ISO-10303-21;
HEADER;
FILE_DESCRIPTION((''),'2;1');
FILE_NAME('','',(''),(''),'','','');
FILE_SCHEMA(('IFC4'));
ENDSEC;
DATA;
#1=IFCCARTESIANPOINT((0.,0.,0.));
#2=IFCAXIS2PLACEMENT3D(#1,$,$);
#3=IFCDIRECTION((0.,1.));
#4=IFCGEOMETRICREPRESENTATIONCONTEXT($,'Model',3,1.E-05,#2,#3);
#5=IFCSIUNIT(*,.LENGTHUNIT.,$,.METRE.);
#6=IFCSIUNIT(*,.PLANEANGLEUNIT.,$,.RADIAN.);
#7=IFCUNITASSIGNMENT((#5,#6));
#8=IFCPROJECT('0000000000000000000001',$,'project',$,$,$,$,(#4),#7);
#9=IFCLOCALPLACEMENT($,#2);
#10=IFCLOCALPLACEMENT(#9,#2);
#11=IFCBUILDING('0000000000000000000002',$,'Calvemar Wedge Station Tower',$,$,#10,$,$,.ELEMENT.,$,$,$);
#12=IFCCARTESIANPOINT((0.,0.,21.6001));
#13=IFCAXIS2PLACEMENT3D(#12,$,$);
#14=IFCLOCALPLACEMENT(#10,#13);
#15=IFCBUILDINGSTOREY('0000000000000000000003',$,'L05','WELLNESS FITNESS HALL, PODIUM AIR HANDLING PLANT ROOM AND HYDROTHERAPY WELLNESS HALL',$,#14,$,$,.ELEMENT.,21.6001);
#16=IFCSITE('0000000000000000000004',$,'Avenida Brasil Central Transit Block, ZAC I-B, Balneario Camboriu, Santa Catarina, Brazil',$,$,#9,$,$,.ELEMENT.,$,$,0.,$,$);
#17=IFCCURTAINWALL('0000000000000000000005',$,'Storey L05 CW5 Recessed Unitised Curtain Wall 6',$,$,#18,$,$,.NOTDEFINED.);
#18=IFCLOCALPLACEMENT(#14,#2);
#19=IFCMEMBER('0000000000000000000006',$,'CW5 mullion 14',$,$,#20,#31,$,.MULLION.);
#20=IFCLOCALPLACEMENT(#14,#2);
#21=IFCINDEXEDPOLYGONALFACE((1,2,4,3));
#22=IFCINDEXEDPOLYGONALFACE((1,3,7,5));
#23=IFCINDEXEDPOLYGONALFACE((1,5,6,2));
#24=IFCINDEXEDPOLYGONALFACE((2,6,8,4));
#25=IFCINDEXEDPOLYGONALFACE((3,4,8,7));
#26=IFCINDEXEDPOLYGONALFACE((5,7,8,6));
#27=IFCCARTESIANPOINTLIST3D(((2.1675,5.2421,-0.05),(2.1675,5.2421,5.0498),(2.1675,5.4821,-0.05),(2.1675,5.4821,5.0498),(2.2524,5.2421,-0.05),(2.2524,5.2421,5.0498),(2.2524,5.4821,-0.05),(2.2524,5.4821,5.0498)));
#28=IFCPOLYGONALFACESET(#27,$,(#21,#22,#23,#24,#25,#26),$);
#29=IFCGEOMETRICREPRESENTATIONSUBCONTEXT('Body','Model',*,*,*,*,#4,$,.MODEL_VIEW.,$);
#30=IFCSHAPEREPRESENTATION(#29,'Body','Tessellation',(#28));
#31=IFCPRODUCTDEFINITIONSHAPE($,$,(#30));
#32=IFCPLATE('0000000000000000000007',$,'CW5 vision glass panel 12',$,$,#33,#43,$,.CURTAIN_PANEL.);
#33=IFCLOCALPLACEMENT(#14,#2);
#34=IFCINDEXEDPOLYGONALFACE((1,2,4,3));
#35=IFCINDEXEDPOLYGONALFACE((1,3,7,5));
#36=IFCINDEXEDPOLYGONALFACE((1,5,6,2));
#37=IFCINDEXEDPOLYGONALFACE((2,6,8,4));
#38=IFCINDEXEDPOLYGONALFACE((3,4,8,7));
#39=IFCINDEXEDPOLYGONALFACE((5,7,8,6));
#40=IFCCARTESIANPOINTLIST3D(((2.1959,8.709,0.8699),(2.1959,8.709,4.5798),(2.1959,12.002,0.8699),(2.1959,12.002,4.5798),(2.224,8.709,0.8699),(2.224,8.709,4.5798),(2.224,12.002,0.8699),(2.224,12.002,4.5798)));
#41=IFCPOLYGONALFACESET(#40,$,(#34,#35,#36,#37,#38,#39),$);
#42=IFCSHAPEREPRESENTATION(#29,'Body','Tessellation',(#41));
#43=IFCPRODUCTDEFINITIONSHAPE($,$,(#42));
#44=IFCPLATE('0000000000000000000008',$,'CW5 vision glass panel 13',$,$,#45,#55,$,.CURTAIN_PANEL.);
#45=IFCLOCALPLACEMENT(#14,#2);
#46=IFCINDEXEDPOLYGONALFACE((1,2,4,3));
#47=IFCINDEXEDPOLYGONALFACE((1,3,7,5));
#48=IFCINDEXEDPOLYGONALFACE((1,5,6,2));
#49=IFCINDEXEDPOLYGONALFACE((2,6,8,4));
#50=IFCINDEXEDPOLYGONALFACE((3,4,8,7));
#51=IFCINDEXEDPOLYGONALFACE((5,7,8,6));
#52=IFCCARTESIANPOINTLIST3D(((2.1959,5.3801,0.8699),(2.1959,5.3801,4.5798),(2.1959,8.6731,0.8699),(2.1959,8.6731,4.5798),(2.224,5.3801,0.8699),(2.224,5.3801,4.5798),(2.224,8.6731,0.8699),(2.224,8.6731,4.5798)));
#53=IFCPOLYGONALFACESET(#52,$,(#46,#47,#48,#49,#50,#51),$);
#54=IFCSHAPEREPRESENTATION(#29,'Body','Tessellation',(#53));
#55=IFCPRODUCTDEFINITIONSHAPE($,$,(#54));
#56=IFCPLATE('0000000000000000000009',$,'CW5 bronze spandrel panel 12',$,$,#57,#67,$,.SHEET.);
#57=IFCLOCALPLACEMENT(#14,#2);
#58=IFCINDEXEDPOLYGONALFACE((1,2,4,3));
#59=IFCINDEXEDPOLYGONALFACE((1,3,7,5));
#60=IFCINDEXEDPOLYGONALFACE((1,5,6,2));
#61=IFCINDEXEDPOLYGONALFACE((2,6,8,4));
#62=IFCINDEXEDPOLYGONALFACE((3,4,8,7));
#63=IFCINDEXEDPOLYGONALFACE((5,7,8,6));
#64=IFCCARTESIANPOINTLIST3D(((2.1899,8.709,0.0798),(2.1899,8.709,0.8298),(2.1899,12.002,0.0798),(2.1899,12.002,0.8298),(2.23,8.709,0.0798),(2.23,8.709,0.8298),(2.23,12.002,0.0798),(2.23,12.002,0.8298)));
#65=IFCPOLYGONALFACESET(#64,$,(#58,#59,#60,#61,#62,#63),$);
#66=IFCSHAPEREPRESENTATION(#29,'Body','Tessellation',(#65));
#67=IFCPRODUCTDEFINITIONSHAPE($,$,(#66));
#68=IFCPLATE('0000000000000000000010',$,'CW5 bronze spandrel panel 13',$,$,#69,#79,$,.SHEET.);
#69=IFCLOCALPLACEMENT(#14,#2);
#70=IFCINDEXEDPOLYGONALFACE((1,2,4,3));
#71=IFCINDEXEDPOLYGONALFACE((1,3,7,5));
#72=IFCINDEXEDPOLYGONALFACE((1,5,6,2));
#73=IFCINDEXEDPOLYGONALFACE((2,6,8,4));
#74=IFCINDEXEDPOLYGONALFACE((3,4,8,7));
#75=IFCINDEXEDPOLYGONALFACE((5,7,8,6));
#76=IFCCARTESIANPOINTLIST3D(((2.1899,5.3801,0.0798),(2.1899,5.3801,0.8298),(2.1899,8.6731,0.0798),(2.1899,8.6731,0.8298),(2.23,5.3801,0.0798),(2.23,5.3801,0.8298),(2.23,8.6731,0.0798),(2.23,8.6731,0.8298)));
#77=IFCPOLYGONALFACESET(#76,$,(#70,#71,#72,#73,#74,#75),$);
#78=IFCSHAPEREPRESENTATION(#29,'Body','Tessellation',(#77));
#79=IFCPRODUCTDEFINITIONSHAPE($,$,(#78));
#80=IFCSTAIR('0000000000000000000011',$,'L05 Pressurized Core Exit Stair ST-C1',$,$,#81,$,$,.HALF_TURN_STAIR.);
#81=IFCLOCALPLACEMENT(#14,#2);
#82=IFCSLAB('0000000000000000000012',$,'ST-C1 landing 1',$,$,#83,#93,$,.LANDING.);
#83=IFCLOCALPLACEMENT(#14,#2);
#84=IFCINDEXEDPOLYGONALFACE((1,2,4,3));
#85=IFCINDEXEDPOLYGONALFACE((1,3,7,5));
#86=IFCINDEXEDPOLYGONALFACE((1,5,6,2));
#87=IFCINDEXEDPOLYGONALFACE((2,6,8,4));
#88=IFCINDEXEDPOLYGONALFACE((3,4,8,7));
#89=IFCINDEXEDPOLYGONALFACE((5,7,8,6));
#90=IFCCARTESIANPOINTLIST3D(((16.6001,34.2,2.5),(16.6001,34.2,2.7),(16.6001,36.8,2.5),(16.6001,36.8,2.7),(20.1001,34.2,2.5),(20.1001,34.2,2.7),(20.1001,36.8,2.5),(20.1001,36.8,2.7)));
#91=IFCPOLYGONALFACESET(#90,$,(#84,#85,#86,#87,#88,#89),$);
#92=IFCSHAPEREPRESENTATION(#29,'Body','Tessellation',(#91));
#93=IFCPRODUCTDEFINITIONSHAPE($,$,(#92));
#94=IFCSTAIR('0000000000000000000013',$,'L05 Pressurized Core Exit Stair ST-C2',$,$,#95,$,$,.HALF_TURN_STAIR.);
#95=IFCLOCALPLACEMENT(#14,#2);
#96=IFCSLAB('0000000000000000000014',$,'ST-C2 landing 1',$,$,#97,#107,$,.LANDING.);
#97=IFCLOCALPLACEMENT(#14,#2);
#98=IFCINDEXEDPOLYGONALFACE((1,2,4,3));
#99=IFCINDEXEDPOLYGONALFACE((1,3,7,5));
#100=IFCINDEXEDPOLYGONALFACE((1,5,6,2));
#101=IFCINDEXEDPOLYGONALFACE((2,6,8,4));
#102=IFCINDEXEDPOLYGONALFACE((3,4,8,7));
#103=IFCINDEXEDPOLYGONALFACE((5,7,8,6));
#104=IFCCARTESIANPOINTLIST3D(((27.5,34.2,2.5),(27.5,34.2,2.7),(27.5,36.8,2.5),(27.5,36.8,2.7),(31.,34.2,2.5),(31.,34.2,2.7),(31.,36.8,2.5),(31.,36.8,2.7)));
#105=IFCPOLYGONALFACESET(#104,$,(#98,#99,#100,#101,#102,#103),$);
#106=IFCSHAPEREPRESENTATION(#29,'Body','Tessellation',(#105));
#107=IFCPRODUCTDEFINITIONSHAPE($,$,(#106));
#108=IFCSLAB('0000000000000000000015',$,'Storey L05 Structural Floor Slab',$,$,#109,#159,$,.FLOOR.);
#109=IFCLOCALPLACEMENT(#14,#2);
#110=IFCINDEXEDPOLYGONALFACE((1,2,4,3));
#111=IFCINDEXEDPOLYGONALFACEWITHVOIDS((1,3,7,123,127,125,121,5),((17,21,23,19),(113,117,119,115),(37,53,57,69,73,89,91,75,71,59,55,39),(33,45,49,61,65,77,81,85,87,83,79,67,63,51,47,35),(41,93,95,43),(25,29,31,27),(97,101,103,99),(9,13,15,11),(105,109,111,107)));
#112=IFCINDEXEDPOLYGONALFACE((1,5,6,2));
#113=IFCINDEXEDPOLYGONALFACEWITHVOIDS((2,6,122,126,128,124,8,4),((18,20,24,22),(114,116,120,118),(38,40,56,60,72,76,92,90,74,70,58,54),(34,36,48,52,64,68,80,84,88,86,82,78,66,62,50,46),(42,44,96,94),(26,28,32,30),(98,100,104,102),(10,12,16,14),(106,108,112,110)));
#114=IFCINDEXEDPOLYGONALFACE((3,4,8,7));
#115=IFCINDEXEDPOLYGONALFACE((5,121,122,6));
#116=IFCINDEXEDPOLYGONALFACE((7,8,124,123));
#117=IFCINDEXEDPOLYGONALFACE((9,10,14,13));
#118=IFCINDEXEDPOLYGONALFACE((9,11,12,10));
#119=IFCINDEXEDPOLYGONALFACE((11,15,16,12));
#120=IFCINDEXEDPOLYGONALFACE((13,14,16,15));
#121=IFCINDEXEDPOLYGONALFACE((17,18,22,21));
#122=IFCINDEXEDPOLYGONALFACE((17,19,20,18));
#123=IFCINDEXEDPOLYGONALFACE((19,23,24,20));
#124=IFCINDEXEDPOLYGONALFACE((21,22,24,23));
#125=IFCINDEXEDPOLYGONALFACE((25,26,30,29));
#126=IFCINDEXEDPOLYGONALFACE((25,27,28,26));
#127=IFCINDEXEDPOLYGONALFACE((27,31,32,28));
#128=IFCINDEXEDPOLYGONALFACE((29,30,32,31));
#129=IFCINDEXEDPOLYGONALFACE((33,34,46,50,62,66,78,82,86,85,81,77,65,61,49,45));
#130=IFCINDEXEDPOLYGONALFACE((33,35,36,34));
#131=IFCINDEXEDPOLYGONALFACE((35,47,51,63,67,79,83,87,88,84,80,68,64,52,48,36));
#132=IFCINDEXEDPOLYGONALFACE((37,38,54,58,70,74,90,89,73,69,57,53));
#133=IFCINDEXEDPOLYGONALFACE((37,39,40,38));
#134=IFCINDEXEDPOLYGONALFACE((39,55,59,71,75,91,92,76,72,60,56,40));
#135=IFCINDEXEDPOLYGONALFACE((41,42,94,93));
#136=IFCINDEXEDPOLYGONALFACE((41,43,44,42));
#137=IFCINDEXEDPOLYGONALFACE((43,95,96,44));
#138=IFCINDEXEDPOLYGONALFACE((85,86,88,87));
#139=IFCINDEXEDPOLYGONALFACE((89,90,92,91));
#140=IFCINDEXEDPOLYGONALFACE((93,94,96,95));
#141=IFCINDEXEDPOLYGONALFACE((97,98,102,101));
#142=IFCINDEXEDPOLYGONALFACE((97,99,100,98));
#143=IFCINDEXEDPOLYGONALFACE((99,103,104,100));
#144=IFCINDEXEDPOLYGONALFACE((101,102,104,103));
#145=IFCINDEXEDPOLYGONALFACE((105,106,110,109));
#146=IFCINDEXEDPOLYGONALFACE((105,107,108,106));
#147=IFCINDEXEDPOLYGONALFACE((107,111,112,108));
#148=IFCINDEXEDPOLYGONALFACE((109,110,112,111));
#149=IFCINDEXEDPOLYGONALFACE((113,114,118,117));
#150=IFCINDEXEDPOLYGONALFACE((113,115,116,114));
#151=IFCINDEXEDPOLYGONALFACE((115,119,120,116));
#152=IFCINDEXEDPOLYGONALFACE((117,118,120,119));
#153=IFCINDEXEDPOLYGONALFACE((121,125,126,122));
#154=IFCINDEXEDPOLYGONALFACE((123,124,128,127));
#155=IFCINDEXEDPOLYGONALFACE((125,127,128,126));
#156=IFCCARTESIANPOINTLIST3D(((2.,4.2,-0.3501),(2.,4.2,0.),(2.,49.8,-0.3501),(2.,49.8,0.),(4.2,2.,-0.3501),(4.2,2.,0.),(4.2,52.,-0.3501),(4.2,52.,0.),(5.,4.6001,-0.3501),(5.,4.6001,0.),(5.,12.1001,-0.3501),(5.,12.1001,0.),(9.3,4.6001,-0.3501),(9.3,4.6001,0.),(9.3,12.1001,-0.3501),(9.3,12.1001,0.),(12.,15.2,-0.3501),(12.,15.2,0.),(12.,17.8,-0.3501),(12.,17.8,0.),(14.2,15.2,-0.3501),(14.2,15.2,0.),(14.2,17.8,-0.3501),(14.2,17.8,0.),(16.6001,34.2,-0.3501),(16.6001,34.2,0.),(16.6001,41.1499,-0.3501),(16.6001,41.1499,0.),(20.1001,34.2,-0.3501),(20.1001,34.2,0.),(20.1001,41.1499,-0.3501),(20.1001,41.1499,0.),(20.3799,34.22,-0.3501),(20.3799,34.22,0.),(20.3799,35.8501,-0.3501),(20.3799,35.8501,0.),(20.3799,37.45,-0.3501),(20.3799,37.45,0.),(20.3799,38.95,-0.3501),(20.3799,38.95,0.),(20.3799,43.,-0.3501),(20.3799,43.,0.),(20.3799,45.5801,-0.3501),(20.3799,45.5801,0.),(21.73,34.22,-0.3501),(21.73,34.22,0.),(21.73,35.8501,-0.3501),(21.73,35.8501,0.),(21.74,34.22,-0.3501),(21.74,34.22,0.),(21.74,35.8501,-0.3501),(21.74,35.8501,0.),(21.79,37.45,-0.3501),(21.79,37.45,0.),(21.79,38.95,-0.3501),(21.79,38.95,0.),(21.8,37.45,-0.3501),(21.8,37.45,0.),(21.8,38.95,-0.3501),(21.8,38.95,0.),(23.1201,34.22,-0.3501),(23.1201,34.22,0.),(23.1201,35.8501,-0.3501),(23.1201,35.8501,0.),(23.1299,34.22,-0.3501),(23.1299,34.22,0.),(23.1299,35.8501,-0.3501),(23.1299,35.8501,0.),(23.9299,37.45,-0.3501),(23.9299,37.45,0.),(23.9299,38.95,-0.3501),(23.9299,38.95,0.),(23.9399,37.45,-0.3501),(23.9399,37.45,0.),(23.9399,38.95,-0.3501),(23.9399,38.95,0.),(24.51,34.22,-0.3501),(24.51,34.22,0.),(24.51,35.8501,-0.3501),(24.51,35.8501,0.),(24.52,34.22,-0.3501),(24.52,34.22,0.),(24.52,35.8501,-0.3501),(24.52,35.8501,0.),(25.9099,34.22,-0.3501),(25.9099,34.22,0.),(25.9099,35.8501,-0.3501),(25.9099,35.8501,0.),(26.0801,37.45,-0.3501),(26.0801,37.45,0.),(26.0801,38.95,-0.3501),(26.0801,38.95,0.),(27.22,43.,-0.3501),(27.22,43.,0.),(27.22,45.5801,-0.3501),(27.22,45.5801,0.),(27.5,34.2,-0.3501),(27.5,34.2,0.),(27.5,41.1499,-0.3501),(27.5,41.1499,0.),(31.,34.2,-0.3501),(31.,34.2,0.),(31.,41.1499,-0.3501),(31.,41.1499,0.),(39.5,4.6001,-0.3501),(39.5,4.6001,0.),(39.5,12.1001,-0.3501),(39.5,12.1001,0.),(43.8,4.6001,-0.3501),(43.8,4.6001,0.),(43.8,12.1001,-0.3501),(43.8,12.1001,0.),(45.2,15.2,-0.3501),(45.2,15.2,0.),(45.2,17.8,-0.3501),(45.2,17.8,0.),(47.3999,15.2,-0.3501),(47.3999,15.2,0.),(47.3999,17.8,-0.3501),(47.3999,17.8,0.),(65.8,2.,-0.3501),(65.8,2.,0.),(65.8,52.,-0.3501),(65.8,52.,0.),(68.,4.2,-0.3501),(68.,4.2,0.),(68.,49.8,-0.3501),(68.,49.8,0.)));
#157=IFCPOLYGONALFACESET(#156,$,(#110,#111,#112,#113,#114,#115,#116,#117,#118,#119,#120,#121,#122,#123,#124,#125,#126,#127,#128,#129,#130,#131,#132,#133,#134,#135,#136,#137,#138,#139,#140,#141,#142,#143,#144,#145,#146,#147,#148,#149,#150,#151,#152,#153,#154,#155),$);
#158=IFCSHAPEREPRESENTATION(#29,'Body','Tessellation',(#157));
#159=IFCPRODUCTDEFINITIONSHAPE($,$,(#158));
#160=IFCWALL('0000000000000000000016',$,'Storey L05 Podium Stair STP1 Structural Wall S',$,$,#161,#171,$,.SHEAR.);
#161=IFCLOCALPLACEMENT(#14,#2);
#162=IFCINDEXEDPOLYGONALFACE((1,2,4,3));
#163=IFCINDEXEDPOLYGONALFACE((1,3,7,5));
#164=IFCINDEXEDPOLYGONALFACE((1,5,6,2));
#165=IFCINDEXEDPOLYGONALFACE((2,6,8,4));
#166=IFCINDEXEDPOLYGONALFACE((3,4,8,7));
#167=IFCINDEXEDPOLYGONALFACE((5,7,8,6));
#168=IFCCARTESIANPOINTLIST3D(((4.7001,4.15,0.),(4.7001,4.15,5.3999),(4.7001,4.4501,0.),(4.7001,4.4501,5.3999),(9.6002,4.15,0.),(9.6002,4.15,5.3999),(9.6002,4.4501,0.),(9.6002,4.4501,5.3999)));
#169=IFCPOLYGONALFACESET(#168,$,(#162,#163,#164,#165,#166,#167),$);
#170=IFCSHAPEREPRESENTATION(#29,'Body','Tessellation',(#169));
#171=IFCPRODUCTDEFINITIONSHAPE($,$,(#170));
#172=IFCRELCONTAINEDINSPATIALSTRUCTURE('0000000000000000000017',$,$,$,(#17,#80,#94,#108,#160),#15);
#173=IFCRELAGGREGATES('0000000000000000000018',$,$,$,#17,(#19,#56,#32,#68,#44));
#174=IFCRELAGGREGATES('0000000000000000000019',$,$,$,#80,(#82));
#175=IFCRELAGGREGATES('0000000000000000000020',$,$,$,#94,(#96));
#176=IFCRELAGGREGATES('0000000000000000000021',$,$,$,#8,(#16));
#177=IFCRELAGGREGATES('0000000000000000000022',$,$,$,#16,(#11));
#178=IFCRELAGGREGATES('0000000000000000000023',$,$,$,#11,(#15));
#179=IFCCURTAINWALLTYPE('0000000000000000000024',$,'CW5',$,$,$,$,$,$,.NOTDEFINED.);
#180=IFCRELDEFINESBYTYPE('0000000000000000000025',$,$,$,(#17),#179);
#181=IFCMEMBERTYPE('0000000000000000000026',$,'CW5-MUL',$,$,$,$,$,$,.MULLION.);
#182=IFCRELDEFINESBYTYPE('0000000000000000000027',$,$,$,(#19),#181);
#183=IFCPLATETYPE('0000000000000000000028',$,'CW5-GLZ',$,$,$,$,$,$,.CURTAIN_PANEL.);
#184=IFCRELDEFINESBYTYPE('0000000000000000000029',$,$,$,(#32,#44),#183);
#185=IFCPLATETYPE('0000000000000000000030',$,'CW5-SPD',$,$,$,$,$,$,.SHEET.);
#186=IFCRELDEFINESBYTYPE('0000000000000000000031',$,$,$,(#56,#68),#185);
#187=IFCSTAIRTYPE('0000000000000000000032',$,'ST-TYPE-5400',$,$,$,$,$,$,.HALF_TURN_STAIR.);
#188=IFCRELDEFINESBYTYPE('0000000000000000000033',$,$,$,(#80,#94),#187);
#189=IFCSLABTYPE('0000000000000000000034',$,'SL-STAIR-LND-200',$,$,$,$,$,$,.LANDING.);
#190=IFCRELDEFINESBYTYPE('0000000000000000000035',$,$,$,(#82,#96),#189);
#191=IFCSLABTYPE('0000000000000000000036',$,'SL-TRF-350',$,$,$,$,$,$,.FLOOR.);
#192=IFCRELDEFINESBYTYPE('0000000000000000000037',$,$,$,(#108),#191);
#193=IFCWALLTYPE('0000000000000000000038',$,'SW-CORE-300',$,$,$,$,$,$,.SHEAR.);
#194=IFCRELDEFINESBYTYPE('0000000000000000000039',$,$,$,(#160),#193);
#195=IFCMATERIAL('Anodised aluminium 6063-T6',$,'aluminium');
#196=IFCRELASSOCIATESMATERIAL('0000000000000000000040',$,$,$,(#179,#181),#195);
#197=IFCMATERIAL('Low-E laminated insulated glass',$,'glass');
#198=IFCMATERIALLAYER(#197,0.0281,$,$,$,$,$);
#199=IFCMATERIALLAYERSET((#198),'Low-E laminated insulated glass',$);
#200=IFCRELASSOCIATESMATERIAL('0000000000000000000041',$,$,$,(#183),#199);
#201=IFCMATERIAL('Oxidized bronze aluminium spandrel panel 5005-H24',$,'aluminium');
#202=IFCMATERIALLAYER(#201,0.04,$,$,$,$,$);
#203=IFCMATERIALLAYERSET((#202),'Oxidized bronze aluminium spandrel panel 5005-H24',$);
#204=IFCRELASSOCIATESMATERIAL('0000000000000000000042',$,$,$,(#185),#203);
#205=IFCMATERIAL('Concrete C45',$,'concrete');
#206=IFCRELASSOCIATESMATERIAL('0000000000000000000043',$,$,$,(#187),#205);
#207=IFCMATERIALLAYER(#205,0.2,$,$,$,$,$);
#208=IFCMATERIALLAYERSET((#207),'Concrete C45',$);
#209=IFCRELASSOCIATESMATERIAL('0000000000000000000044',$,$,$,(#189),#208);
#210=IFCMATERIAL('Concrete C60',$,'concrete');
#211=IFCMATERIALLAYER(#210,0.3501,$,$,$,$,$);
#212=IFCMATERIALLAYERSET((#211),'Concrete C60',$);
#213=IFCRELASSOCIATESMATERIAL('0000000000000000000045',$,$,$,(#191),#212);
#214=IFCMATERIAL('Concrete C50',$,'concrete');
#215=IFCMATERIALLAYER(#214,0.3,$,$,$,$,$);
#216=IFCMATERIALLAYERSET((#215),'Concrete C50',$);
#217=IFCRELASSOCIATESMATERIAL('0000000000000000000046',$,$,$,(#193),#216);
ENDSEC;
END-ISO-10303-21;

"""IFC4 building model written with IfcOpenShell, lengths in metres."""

from ifc_helpers import new_model, si_unit, direction, frame, frame_2d, origin, origin_2d, place, context, subcontext, project, spatial, polyline, rectangle, outline, extrude, source, transform, mapped, material, layer, layer_set, material_profile, profile_set, type_object, element, aggregate, save


model = new_model("IFC4")

# Units and contexts
model_context = context("Model", 3, precision=1e-05, world=origin(), true_north=direction((0.0, 1.0)))
body_context = subcontext(model_context, "Body", "Model", "MODEL_VIEW")
ifc_project = project(units=[si_unit("LENGTHUNIT", "METRE"), si_unit("PLANEANGLEUNIT", "RADIAN")], contexts=[model_context])

# Site, building, storey
site_placement = place(None, origin())
site = spatial("IfcSite", under=ifc_project, at=site_placement, Name="Avenida Brasil Central Transit Block, ZAC I-B, Balneario Camboriu, Santa Catarina, Brazil", CompositionType="ELEMENT", RefElevation=0.0)
building_placement = place(site_placement, origin())
building = spatial("IfcBuilding", under=site, at=building_placement, Name="Calvemar Wedge Station Tower", CompositionType="ELEMENT")
storey_placement = place(building_placement, frame((0.0, 0.0, 21.6001)))
storey = spatial("IfcBuildingStorey", under=building, at=storey_placement, Name="L05", Description="WELLNESS FITNESS HALL, PODIUM AIR HANDLING PLANT ROOM AND HYDROTHERAPY WELLNESS HALL", CompositionType="ELEMENT", Elevation=21.6001)

# Shared definitions
ifc_material_1 = material(Name="Concrete C60", Category="concrete")

# Curtain wall, member, plates
ifc_material_2 = material(Name="Anodised aluminium 6063-T6", Category="aluminium")
curtain_wall_type = type_object("IfcCurtainWallType", Name="CW5", PredefinedType="NOTDEFINED", material=ifc_material_2)
curtain_wall_placement = place(storey_placement, origin())
curtain_wall = element("IfcCurtainWall", 1, at=curtain_wall_placement, inside=storey, type_object=curtain_wall_type, Name="Storey L05 CW5 Recessed Unitised Curtain Wall 6", PredefinedType="NOTDEFINED")
ifc_material_profile_1 = material_profile(ifc_material_2, rectangle(XDim=0.085, YDim=0.24, at=origin_2d()), Name="AL-MUL-85x240")
ifc_profile_set_1 = profile_set([ifc_material_profile_1], Name="Anodised aluminium 6063-T6")
member_type = type_object("IfcMemberType", Name="CW5-MUL", PredefinedType="MULLION", material=ifc_profile_set_1)
shared_shape_1 = source(origin(), body_context, "Body", "SweptSolid", [
    extrude(rectangle(XDim=0.085, YDim=0.24, at=origin_2d()), origin(), (0.0, 0.0, 1.0), 5.0999),
])
member_1_placement = place(storey_placement, frame((2.21, 5.3621, -0.05), z_axis=(0.0, 0.0, 1.0), x_axis=(1.0, 0.0, 0.0)))
member_1 = element("IfcMember", 2, at=member_1_placement, type_object=member_type, Name="CW5 mullion 14", PredefinedType="MULLION", context=body_context, shape_type="MappedRepresentation", body=[
    mapped(shared_shape_1, transform((0.0, 0.0, 0.0), scale=1.0)),
])
ifc_material_3 = material(Name="Low-E laminated insulated glass", Category="glass")
ifc_layer_1 = layer(ifc_material_3, 0.0281)
ifc_layer_set_1 = layer_set([ifc_layer_1], Name="Low-E laminated insulated glass")
plate_type_1 = type_object("IfcPlateType", Name="CW5-GLZ", PredefinedType="CURTAIN_PANEL", material=ifc_layer_set_1)
plate_1_placement = place(storey_placement, frame((2.21, 12.002, 0.8699), z_axis=(0.0, 0.0, 1.0), x_axis=(0.0, -1.0, 0.0)))
plate_1 = element("IfcPlate", 3, at=plate_1_placement, type_object=plate_type_1, Name="CW5 vision glass panel 12", PredefinedType="CURTAIN_PANEL", context=body_context, shape_type="SweptSolid", body=[
    extrude(rectangle(XDim=3.293, YDim=0.0281, at=frame_2d((1.6465, 0.0))), origin(), (0.0, 0.0, 1.0), 3.71),
])
plate_2_placement = place(storey_placement, frame((2.21, 8.6731, 0.8699), z_axis=(0.0, 0.0, 1.0), x_axis=(0.0, -1.0, 0.0)))
plate_2 = element("IfcPlate", 4, at=plate_2_placement, type_object=plate_type_1, Name="CW5 vision glass panel 13", PredefinedType="CURTAIN_PANEL", context=body_context, shape_type="SweptSolid", body=[
    extrude(rectangle(XDim=3.293, YDim=0.0281, at=frame_2d((1.6465, 0.0))), origin(), (0.0, 0.0, 1.0), 3.71),
])
ifc_material_4 = material(Name="Oxidized bronze aluminium spandrel panel 5005-H24", Category="aluminium")
ifc_layer_2 = layer(ifc_material_4, 0.04)
ifc_layer_set_2 = layer_set([ifc_layer_2], Name="Oxidized bronze aluminium spandrel panel 5005-H24")
plate_type_2 = type_object("IfcPlateType", Name="CW5-SPD", PredefinedType="SHEET", material=ifc_layer_set_2)
plate_3_placement = place(storey_placement, frame((2.21, 12.002, 0.0798), z_axis=(0.0, 0.0, 1.0), x_axis=(0.0, -1.0, 0.0)))
plate_3 = element("IfcPlate", 5, at=plate_3_placement, type_object=plate_type_2, Name="CW5 bronze spandrel panel 12", PredefinedType="SHEET", context=body_context, shape_type="SweptSolid", body=[
    extrude(rectangle(XDim=3.293, YDim=0.04, at=frame_2d((1.6465, 0.0))), origin(), (0.0, 0.0, 1.0), 0.75),
])
plate_4_placement = place(storey_placement, frame((2.21, 8.6731, 0.0798), z_axis=(0.0, 0.0, 1.0), x_axis=(0.0, -1.0, 0.0)))
plate_4 = element("IfcPlate", 6, at=plate_4_placement, type_object=plate_type_2, Name="CW5 bronze spandrel panel 13", PredefinedType="SHEET", context=body_context, shape_type="SweptSolid", body=[
    extrude(rectangle(XDim=3.293, YDim=0.04, at=frame_2d((1.6465, 0.0))), origin(), (0.0, 0.0, 1.0), 0.75),
])
aggregate(curtain_wall, [member_1, plate_3, plate_1, plate_4, plate_2])

# Stairs, slabs
ifc_material_5 = material(Name="Concrete C45", Category="concrete")
stair_type = type_object("IfcStairType", Name="ST-TYPE-5400", PredefinedType="HALF_TURN_STAIR", material=ifc_material_5)
stair_1_placement = place(storey_placement, origin())
stair_1 = element("IfcStair", 7, at=stair_1_placement, inside=storey, type_object=stair_type, Name="L05 Pressurized Core Exit Stair ST-C1", PredefinedType="HALF_TURN_STAIR")
ifc_layer_3 = layer(ifc_material_5, 0.2)
ifc_layer_set_3 = layer_set([ifc_layer_3], Name="Concrete C45")
slab_type_1 = type_object("IfcSlabType", Name="SL-STAIR-LND-200", PredefinedType="LANDING", material=ifc_layer_set_3)
slab_1_placement = place(storey_placement, frame((0.0, 0.0, 2.5)))
slab_1 = element("IfcSlab", 8, at=slab_1_placement, type_object=slab_type_1, Name="ST-C1 landing 1", PredefinedType="LANDING", context=body_context, shape_type="SweptSolid", body=[
    extrude(outline(polyline([(16.6001, 36.8), (16.6001, 34.2), (20.1001, 34.2), (20.1001, 36.8), (16.6001, 36.8)])), origin(), (0.0, 0.0, 1.0), 0.2),
])
aggregate(stair_1, [slab_1])
stair_2_placement = place(storey_placement, origin())
stair_2 = element("IfcStair", 9, at=stair_2_placement, inside=storey, type_object=stair_type, Name="L05 Pressurized Core Exit Stair ST-C2", PredefinedType="HALF_TURN_STAIR")
slab_2_placement = place(storey_placement, frame((0.0, 0.0, 2.5)))
slab_2 = element("IfcSlab", 10, at=slab_2_placement, type_object=slab_type_1, Name="ST-C2 landing 1", PredefinedType="LANDING", context=body_context, shape_type="SweptSolid", body=[
    extrude(outline(polyline([(27.5, 36.8), (27.5, 34.2), (31.0, 34.2), (31.0, 36.8), (27.5, 36.8)])), origin(), (0.0, 0.0, 1.0), 0.2),
])
aggregate(stair_2, [slab_2])

# Slab
ifc_layer_4 = layer(ifc_material_1, 0.3501)
ifc_layer_set_4 = layer_set([ifc_layer_4], Name="Concrete C60")
slab_type_2 = type_object("IfcSlabType", Name="SL-TRF-350", PredefinedType="FLOOR", material=ifc_layer_set_4)
slab_3_placement = place(storey_placement, frame((0.0, 0.0, -0.3501)))
element("IfcSlab", 11, at=slab_3_placement, inside=storey, type_object=slab_type_2, Name="Storey L05 Structural Floor Slab", PredefinedType="FLOOR", context=body_context, shape_type="SweptSolid", body=[
    extrude(outline(polyline([(4.2, 2.0), (65.8, 2.0), (68.0, 4.2), (68.0, 49.8), (65.8, 52.0), (4.2, 52.0), (2.0, 49.8), (2.0, 4.2), (4.2, 2.0)]), holes=[polyline([(5.0, 4.6001), (9.3, 4.6001), (9.3, 12.1001), (5.0, 12.1001), (5.0, 4.6001)]), polyline([(12.0, 15.2), (14.2, 15.2), (14.2, 17.8), (12.0, 17.8), (12.0, 15.2)]), polyline([(21.73, 34.22), (21.74, 34.22), (23.1201, 34.22), (23.1299, 34.22), (24.51, 34.22), (24.52, 34.22), (25.9099, 34.22), (25.9099, 35.8501), (24.52, 35.8501), (24.51, 35.8501), (23.1299, 35.8501), (23.1201, 35.8501), (21.74, 35.8501), (21.73, 35.8501), (20.3799, 35.8501), (20.3799, 34.22), (21.73, 34.22)]), polyline([(16.6001, 41.1499), (16.6001, 34.2), (20.1001, 34.2), (20.1001, 41.1499), (16.6001, 41.1499)]), polyline([(23.9399, 37.45), (26.0801, 37.45), (26.0801, 38.95), (23.9399, 38.95), (23.9299, 38.95), (21.8, 38.95), (21.79, 38.95), (20.3799, 38.95), (20.3799, 37.45), (21.79, 37.45), (21.8, 37.45), (23.9299, 37.45), (23.9399, 37.45)]), polyline([(39.5, 4.6001), (43.8, 4.6001), (43.8, 12.1001), (39.5, 12.1001), (39.5, 4.6001)]), polyline([(45.2, 15.2), (47.3999, 15.2), (47.3999, 17.8), (45.2, 17.8), (45.2, 15.2)]), polyline([(27.5, 41.1499), (27.5, 34.2), (31.0, 34.2), (31.0, 41.1499), (27.5, 41.1499)]), polyline([(20.3799, 43.0), (27.22, 43.0), (27.22, 45.5801), (20.3799, 45.5801), (20.3799, 43.0)])]), origin(), (0.0, 0.0, 1.0), 0.3501),
])

# Wall
ifc_material_6 = material(Name="Concrete C50", Category="concrete")
ifc_layer_5 = layer(ifc_material_6, 0.3)
ifc_layer_set_5 = layer_set([ifc_layer_5], Name="Concrete C50")
wall_type_1 = type_object("IfcWallType", Name="SW-CORE-300", PredefinedType="SHEAR", material=ifc_layer_set_5)
wall_1_placement = place(storey_placement, frame((4.7, 4.3, 0.0), z_axis=(0.0, 0.0, 1.0), x_axis=(1.0, 0.0, 0.0)))
element("IfcWall", 12, at=wall_1_placement, inside=storey, type_object=wall_type_1, Name="Storey L05 Podium Stair STP1 Structural Wall S", PredefinedType="SHEAR", context=body_context, shape_type="SweptSolid", body=[
    extrude(rectangle(XDim=4.9001, YDim=0.3, at=frame_2d((2.4502, 0.0))), origin(), (0.0, 0.0, 1.0), 5.3999),
])

save(model, "model.ifc")
